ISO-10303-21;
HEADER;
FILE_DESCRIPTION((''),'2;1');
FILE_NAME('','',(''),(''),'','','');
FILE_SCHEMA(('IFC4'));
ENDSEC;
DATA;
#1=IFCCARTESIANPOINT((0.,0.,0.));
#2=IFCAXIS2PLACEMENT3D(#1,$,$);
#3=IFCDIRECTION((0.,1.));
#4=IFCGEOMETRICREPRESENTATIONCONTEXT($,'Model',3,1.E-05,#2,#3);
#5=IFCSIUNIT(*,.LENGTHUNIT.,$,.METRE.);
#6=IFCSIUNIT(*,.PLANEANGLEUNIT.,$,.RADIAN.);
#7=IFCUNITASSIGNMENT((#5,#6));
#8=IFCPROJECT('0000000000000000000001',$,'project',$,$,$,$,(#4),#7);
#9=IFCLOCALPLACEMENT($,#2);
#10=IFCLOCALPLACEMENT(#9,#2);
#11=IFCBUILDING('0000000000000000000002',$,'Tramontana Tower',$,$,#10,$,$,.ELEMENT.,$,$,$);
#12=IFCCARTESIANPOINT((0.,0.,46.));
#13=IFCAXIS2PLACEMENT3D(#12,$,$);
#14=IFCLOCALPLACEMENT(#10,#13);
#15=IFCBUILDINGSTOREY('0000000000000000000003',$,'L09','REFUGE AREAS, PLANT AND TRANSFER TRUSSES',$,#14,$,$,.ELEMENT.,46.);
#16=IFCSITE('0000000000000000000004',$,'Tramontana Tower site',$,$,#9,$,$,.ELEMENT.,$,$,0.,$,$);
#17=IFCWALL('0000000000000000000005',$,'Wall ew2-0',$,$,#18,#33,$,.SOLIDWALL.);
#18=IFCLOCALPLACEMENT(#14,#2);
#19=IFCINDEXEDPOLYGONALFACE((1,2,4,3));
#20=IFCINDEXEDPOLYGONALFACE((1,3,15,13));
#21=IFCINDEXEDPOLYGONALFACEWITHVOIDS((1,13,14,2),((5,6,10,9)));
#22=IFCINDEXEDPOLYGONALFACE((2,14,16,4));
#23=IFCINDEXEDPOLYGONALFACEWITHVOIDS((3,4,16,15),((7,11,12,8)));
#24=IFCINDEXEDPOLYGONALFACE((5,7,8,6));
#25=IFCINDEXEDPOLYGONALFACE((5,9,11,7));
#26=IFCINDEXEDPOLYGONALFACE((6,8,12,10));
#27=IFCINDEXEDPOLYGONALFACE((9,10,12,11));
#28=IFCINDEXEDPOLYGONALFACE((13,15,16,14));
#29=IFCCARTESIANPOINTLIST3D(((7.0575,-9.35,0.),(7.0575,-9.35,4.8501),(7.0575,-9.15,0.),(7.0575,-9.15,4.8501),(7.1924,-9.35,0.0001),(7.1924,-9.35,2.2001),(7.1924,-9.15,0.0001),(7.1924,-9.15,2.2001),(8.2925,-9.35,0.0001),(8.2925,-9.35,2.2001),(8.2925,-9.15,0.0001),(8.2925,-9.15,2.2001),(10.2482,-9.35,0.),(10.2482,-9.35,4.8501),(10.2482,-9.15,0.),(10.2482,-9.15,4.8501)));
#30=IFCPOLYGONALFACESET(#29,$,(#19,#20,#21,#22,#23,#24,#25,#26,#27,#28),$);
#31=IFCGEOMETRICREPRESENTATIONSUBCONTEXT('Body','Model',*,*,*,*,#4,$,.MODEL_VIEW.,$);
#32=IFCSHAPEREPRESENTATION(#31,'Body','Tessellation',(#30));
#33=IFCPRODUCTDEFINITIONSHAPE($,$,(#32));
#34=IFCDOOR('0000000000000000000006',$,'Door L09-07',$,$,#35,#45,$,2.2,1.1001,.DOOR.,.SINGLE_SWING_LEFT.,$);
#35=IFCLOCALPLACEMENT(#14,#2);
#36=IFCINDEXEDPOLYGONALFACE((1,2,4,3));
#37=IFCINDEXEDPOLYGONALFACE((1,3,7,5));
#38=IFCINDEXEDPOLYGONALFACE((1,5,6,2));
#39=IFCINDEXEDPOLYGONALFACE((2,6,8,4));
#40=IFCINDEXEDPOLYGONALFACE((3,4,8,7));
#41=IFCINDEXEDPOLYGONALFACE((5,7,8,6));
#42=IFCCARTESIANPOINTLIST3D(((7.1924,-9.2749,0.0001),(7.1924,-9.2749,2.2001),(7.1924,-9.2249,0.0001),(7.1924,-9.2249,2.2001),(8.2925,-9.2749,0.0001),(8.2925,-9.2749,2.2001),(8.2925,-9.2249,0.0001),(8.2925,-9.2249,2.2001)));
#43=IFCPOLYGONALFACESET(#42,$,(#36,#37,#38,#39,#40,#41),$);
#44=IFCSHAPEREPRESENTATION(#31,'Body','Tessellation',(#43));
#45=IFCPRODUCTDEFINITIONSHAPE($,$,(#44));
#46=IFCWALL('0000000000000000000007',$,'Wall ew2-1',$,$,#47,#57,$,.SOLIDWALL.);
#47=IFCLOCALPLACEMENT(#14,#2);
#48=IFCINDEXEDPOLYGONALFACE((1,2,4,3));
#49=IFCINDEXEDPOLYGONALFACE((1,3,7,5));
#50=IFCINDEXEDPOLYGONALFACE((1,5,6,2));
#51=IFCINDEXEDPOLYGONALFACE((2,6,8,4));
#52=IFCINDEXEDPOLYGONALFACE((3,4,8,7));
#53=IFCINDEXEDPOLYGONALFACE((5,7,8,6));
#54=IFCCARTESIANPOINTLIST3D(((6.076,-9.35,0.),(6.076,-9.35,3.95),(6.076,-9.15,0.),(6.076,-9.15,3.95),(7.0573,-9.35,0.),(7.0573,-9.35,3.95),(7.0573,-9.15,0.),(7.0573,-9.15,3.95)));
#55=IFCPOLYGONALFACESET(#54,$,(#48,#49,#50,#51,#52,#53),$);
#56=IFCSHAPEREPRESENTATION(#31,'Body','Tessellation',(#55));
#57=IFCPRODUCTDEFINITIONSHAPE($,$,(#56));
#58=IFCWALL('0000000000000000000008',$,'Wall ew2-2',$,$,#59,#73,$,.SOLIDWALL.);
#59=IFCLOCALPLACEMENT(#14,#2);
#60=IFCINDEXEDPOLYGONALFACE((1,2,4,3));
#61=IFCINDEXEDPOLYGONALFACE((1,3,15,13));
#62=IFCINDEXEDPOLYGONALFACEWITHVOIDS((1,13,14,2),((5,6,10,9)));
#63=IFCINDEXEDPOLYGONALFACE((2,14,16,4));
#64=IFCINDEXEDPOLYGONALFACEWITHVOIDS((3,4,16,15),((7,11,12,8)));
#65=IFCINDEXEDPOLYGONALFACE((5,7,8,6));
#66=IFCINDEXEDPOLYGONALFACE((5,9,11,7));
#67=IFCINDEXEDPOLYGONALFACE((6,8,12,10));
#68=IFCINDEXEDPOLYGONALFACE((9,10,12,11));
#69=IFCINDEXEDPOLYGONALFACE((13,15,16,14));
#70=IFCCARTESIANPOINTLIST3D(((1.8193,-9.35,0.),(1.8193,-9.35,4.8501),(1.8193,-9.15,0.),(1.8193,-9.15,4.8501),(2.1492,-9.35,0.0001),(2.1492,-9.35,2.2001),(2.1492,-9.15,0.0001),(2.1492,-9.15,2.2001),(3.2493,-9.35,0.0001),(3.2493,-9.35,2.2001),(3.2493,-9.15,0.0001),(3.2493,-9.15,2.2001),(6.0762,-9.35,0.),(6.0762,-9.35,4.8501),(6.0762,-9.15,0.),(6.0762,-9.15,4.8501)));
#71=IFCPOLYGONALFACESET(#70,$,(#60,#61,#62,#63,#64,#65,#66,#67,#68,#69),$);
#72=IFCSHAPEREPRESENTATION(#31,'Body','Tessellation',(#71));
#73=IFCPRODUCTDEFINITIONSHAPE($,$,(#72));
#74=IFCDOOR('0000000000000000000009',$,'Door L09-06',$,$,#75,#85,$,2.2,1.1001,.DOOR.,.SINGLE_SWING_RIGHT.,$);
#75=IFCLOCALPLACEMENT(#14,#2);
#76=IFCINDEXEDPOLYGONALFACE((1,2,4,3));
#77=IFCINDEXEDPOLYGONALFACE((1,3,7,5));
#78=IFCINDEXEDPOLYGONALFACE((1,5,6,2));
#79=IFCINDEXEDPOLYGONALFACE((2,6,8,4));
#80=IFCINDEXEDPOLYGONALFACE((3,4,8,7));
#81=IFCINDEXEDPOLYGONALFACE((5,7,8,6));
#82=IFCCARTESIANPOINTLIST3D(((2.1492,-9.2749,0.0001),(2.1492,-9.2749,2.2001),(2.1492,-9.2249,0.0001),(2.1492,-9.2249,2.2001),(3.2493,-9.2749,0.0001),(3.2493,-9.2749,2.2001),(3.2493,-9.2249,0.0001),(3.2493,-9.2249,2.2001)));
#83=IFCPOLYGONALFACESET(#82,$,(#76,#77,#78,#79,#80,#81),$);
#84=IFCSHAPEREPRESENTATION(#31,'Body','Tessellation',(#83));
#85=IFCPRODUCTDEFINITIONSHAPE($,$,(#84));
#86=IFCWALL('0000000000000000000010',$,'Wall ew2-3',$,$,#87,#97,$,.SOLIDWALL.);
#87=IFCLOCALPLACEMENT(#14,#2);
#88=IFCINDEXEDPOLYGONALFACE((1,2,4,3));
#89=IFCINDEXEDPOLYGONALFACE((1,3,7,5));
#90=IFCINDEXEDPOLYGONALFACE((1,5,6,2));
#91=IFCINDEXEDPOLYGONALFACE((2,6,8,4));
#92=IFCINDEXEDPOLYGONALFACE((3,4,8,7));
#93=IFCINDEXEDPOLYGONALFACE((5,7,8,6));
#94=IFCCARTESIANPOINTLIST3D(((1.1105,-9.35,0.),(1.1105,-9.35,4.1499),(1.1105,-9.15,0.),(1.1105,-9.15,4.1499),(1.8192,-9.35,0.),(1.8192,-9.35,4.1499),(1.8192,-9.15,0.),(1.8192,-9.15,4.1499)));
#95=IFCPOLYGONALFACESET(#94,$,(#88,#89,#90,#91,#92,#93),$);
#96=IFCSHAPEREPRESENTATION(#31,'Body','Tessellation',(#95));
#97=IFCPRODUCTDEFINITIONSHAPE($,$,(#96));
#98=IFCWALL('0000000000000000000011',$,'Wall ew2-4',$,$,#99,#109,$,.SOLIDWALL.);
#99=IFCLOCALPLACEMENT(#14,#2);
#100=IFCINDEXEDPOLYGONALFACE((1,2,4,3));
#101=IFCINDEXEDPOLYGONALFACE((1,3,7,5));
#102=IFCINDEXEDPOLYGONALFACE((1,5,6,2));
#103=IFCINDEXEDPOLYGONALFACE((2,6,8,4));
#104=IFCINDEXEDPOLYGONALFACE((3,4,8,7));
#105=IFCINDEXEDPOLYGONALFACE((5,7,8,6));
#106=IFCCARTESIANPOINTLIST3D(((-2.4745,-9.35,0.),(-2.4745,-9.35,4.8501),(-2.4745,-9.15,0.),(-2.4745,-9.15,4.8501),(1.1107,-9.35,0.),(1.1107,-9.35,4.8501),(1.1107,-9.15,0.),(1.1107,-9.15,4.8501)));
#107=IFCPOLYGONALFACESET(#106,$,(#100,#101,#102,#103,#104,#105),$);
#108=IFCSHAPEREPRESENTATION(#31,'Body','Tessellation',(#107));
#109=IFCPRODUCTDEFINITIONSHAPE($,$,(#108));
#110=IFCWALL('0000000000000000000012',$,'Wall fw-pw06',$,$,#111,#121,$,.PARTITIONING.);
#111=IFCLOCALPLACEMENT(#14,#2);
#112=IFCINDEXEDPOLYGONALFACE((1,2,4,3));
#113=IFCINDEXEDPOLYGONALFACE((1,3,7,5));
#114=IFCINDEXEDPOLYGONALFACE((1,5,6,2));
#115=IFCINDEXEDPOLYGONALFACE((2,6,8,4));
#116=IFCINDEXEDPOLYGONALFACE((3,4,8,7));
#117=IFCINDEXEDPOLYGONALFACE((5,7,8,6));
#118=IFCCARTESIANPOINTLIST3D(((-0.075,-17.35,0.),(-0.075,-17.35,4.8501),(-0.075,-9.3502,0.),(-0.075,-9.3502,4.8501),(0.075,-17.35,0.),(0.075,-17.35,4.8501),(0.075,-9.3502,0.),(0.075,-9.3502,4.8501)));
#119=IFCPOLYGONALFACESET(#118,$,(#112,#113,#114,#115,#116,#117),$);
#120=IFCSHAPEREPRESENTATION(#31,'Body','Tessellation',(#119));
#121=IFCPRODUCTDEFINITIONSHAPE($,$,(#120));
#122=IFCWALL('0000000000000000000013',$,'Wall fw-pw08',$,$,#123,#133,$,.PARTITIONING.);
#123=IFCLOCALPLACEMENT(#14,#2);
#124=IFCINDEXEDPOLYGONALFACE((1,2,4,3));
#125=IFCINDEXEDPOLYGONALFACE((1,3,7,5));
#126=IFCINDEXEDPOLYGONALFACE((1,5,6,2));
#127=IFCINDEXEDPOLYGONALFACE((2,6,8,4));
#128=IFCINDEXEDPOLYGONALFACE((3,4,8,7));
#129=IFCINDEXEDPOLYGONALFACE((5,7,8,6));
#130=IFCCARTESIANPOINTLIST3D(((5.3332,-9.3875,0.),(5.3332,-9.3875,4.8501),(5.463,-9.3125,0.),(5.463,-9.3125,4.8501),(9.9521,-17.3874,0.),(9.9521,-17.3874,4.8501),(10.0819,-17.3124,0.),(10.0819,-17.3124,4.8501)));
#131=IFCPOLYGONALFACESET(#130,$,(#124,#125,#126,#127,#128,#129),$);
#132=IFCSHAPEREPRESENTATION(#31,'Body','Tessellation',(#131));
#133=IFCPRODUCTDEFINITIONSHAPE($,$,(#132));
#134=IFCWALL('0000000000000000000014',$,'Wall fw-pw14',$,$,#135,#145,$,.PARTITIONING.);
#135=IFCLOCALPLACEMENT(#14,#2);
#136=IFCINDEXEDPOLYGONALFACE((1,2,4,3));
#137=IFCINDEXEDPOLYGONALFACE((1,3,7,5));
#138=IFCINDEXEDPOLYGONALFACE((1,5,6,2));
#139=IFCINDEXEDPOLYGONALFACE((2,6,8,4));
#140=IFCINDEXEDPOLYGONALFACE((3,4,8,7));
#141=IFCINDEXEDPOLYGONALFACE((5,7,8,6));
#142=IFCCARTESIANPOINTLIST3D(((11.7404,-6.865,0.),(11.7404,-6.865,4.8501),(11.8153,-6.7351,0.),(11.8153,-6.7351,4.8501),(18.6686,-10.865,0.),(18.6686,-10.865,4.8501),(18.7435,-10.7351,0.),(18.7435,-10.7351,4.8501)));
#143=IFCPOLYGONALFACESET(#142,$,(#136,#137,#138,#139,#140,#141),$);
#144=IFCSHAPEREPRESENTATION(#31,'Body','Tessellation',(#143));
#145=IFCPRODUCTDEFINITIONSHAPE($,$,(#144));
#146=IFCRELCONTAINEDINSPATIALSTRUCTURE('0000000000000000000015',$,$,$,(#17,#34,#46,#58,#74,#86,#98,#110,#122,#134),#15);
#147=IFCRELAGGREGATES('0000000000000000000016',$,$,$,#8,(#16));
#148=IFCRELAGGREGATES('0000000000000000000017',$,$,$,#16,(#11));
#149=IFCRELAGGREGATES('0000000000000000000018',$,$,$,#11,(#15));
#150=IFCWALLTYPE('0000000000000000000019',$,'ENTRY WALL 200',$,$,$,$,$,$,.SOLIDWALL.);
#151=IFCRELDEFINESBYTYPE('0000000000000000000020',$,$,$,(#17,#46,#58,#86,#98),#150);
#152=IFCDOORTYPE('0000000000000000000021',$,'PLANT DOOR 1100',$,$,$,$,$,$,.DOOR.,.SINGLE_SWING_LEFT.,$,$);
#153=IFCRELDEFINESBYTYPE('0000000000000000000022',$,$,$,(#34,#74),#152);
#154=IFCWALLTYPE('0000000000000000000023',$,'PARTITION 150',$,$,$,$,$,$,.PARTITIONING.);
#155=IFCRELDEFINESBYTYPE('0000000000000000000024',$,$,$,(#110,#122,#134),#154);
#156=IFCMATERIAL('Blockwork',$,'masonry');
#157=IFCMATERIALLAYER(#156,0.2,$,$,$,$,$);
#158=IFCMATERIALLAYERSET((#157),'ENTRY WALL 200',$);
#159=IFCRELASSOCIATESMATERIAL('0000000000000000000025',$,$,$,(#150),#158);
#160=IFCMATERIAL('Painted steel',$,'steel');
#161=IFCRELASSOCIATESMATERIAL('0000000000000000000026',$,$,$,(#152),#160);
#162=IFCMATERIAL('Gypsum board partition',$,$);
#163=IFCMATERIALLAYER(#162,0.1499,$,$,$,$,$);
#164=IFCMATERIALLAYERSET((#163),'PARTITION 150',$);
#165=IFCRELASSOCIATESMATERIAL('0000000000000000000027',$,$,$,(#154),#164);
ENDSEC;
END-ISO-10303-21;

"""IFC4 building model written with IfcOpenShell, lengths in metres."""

from ifc_helpers import new_model, si_unit, direction, frame, frame_2d, origin, place, context, subcontext, project, spatial, rectangle, extrude, material, layer, layer_set, type_object, element, fill, save


model = new_model("IFC4")

# Units and contexts
model_context = context("Model", 3, precision=1e-05, world=origin(), true_north=direction((0.0, 1.0)))
body_context = subcontext(model_context, "Body", "Model", "MODEL_VIEW")
ifc_project = project(units=[si_unit("LENGTHUNIT", "METRE"), si_unit("PLANEANGLEUNIT", "RADIAN")], contexts=[model_context])

# Site, building, storey
site_placement = place(None, origin())
site = spatial("IfcSite", under=ifc_project, at=site_placement, Name="Tramontana Tower site", CompositionType="ELEMENT", RefElevation=0.0)
building_placement = place(site_placement, origin())
building = spatial("IfcBuilding", under=site, at=building_placement, Name="Tramontana Tower", CompositionType="ELEMENT")
storey_placement = place(building_placement, frame((0.0, 0.0, 46.0)))
storey = spatial("IfcBuildingStorey", under=building, at=storey_placement, Name="L09", Description="REFUGE AREAS, PLANT AND TRANSFER TRUSSES", CompositionType="ELEMENT", Elevation=46.0)

# Shared definitions
ifc_material_1 = material(Name="Blockwork", Category="masonry")
ifc_layer_1 = layer(ifc_material_1, 0.2)
ifc_layer_set_1 = layer_set([ifc_layer_1], Name="ENTRY WALL 200")
wall_type_1 = type_object("IfcWallType", Name="ENTRY WALL 200", PredefinedType="SOLIDWALL", material=ifc_layer_set_1)

# Wall, opening, door
wall_1_placement = place(storey_placement, frame((10.248, -9.25, 0.0), z_axis=(0.0, 0.0, 1.0), x_axis=(-1.0, 0.0, 0.0)))
wall_1 = element("IfcWall", 1, at=wall_1_placement, inside=storey, type_object=wall_type_1, Name="Wall ew2-0", PredefinedType="SOLIDWALL", context=body_context, shape_type="SweptSolid", body=[
    extrude(rectangle(XDim=3.1907, YDim=0.2, at=frame_2d((1.5952, 0.0))), origin(), (0.0, 0.0, 1.0), 4.8501),
])
opening_1_placement = place(wall_1_placement, frame((1.9556, 0.0, 0.0)))
opening_1 = element("IfcOpeningElement", 2, at=opening_1_placement, cuts=wall_1, PredefinedType="OPENING", context=body_context, shape_type="SweptSolid", body=[
    extrude(rectangle(XDim=1.1001, YDim=2.2, at=frame_2d((0.55, 1.1001))), frame((0.0, 0.1099, 0.0), z_axis=(0.0, -1.0, 0.0), x_axis=(1.0, 0.0, 0.0)), (0.0, 0.0, 1.0), 0.22),
])
ifc_material_2 = material(Name="Painted steel", Category="steel")
door_type = type_object("IfcDoorType", Name="PLANT DOOR 1100", OperationType="SINGLE_SWING_LEFT", PredefinedType="DOOR", material=ifc_material_2)
door_1_placement = place(opening_1_placement, origin())
door_1 = element("IfcDoor", 3, at=door_1_placement, inside=storey, type_object=door_type, Name="Door L09-07", OperationType="SINGLE_SWING_LEFT", OverallHeight=2.2, OverallWidth=1.1001, PredefinedType="DOOR", context=body_context, shape_type="SweptSolid", body=[
    extrude(rectangle(XDim=1.1001, YDim=2.2, at=frame_2d((0.55, 1.1001))), frame((0.0, 0.0249, 0.0), z_axis=(0.0, -1.0, 0.0), x_axis=(1.0, 0.0, 0.0)), (0.0, 0.0, 1.0), 0.05),
])
fill(opening_1, door_1)

# Wall
wall_2_placement = place(storey_placement, frame((7.0574, -9.25, 0.0), z_axis=(0.0, 0.0, 1.0), x_axis=(-1.0, 0.0, 0.0)))
element("IfcWall", 4, at=wall_2_placement, inside=storey, type_object=wall_type_1, Name="Wall ew2-1", PredefinedType="SOLIDWALL", context=body_context, shape_type="SweptSolid", body=[
    extrude(rectangle(XDim=0.9812, YDim=0.2, at=frame_2d((0.4907, 0.0))), origin(), (0.0, 0.0, 1.0), 3.95),
])

# Wall, opening, door
wall_3_placement = place(storey_placement, frame((6.0762, -9.25, 0.0), z_axis=(0.0, 0.0, 1.0), x_axis=(-1.0, 0.0, 0.0)))
wall_3 = element("IfcWall", 5, at=wall_3_placement, inside=storey, type_object=wall_type_1, Name="Wall ew2-2", PredefinedType="SOLIDWALL", context=body_context, shape_type="SweptSolid", body=[
    extrude(rectangle(XDim=4.2568, YDim=0.2, at=frame_2d((2.1284, 0.0))), origin(), (0.0, 0.0, 1.0), 4.8501),
])
opening_2_placement = place(wall_3_placement, frame((2.8269, 0.0, 0.0)))
opening_2 = element("IfcOpeningElement", 6, at=opening_2_placement, cuts=wall_3, PredefinedType="OPENING", context=body_context, shape_type="SweptSolid", body=[
    extrude(rectangle(XDim=1.1001, YDim=2.2, at=frame_2d((0.55, 1.1001))), frame((0.0, 0.1099, 0.0), z_axis=(0.0, -1.0, 0.0), x_axis=(1.0, 0.0, 0.0)), (0.0, 0.0, 1.0), 0.22),
])
door_2_placement = place(opening_2_placement, origin())
door_2 = element("IfcDoor", 7, at=door_2_placement, inside=storey, type_object=door_type, Name="Door L09-06", OperationType="SINGLE_SWING_RIGHT", OverallHeight=2.2, OverallWidth=1.1001, PredefinedType="DOOR", context=body_context, shape_type="SweptSolid", body=[
    extrude(rectangle(XDim=1.1001, YDim=2.2, at=frame_2d((0.55, 1.1001))), frame((0.0, 0.0249, 0.0), z_axis=(0.0, -1.0, 0.0), x_axis=(1.0, 0.0, 0.0)), (0.0, 0.0, 1.0), 0.05),
])
fill(opening_2, door_2)

# Walls
wall_4_placement = place(storey_placement, frame((1.8193, -9.25, 0.0), z_axis=(0.0, 0.0, 1.0), x_axis=(-1.0, 0.0, 0.0)))
element("IfcWall", 8, at=wall_4_placement, inside=storey, type_object=wall_type_1, Name="Wall ew2-3", PredefinedType="SOLIDWALL", context=body_context, shape_type="SweptSolid", body=[
    extrude(rectangle(XDim=0.7087, YDim=0.2, at=frame_2d((0.3545, 0.0))), origin(), (0.0, 0.0, 1.0), 4.1499),
])
wall_5_placement = place(storey_placement, frame((1.1106, -9.25, 0.0), z_axis=(0.0, 0.0, 1.0), x_axis=(-1.0, 0.0, 0.0)))
element("IfcWall", 9, at=wall_5_placement, inside=storey, type_object=wall_type_1, Name="Wall ew2-4", PredefinedType="SOLIDWALL", context=body_context, shape_type="SweptSolid", body=[
    extrude(rectangle(XDim=3.5852, YDim=0.2, at=frame_2d((1.7925, 0.0))), origin(), (0.0, 0.0, 1.0), 4.8501),
])
ifc_material_3 = material(Name="Gypsum board partition")
ifc_layer_2 = layer(ifc_material_3, 0.1499)
ifc_layer_set_2 = layer_set([ifc_layer_2], Name="PARTITION 150")
wall_type_2 = type_object("IfcWallType", Name="PARTITION 150", PredefinedType="PARTITIONING", material=ifc_layer_set_2)
wall_6_placement = place(storey_placement, frame((0.0, -9.3501, 0.0), z_axis=(0.0, 0.0, 1.0), x_axis=(0.0, -1.0, 0.0)))
element("IfcWall", 10, at=wall_6_placement, inside=storey, type_object=wall_type_2, Name="Wall fw-pw06", PredefinedType="PARTITIONING", context=body_context, shape_type="SweptSolid", body=[
    extrude(rectangle(XDim=7.9998, YDim=0.1499, at=frame_2d((4.0, 0.0))), origin(), (0.0, 0.0, 1.0), 4.8501),
])
wall_7_placement = place(storey_placement, frame((5.3982, -9.3501, 0.0), z_axis=(0.0, 0.0, 1.0), x_axis=(0.500008, -0.866021, 0.0)))
element("IfcWall", 11, at=wall_7_placement, inside=storey, type_object=wall_type_2, Name="Wall fw-pw08", PredefinedType="PARTITIONING", context=body_context, shape_type="SweptSolid", body=[
    extrude(rectangle(XDim=9.2375, YDim=0.1499, at=frame_2d((4.6187, 0.0))), origin(), (0.0, 0.0, 1.0), 4.8501),
])
wall_8_placement = place(storey_placement, frame((11.7778, -6.8, 0.0), z_axis=(0.0, 0.0, 1.0), x_axis=(0.866026, -0.499999, 0.0)))
element("IfcWall", 12, at=wall_8_placement, inside=storey, type_object=wall_type_2, Name="Wall fw-pw14", PredefinedType="PARTITIONING", context=body_context, shape_type="SweptSolid", body=[
    extrude(rectangle(XDim=8.0, YDim=0.1499, at=frame_2d((4.0, 0.0))), origin(), (0.0, 0.0, 1.0), 4.8501),
])

save(model, "model.ifc")
